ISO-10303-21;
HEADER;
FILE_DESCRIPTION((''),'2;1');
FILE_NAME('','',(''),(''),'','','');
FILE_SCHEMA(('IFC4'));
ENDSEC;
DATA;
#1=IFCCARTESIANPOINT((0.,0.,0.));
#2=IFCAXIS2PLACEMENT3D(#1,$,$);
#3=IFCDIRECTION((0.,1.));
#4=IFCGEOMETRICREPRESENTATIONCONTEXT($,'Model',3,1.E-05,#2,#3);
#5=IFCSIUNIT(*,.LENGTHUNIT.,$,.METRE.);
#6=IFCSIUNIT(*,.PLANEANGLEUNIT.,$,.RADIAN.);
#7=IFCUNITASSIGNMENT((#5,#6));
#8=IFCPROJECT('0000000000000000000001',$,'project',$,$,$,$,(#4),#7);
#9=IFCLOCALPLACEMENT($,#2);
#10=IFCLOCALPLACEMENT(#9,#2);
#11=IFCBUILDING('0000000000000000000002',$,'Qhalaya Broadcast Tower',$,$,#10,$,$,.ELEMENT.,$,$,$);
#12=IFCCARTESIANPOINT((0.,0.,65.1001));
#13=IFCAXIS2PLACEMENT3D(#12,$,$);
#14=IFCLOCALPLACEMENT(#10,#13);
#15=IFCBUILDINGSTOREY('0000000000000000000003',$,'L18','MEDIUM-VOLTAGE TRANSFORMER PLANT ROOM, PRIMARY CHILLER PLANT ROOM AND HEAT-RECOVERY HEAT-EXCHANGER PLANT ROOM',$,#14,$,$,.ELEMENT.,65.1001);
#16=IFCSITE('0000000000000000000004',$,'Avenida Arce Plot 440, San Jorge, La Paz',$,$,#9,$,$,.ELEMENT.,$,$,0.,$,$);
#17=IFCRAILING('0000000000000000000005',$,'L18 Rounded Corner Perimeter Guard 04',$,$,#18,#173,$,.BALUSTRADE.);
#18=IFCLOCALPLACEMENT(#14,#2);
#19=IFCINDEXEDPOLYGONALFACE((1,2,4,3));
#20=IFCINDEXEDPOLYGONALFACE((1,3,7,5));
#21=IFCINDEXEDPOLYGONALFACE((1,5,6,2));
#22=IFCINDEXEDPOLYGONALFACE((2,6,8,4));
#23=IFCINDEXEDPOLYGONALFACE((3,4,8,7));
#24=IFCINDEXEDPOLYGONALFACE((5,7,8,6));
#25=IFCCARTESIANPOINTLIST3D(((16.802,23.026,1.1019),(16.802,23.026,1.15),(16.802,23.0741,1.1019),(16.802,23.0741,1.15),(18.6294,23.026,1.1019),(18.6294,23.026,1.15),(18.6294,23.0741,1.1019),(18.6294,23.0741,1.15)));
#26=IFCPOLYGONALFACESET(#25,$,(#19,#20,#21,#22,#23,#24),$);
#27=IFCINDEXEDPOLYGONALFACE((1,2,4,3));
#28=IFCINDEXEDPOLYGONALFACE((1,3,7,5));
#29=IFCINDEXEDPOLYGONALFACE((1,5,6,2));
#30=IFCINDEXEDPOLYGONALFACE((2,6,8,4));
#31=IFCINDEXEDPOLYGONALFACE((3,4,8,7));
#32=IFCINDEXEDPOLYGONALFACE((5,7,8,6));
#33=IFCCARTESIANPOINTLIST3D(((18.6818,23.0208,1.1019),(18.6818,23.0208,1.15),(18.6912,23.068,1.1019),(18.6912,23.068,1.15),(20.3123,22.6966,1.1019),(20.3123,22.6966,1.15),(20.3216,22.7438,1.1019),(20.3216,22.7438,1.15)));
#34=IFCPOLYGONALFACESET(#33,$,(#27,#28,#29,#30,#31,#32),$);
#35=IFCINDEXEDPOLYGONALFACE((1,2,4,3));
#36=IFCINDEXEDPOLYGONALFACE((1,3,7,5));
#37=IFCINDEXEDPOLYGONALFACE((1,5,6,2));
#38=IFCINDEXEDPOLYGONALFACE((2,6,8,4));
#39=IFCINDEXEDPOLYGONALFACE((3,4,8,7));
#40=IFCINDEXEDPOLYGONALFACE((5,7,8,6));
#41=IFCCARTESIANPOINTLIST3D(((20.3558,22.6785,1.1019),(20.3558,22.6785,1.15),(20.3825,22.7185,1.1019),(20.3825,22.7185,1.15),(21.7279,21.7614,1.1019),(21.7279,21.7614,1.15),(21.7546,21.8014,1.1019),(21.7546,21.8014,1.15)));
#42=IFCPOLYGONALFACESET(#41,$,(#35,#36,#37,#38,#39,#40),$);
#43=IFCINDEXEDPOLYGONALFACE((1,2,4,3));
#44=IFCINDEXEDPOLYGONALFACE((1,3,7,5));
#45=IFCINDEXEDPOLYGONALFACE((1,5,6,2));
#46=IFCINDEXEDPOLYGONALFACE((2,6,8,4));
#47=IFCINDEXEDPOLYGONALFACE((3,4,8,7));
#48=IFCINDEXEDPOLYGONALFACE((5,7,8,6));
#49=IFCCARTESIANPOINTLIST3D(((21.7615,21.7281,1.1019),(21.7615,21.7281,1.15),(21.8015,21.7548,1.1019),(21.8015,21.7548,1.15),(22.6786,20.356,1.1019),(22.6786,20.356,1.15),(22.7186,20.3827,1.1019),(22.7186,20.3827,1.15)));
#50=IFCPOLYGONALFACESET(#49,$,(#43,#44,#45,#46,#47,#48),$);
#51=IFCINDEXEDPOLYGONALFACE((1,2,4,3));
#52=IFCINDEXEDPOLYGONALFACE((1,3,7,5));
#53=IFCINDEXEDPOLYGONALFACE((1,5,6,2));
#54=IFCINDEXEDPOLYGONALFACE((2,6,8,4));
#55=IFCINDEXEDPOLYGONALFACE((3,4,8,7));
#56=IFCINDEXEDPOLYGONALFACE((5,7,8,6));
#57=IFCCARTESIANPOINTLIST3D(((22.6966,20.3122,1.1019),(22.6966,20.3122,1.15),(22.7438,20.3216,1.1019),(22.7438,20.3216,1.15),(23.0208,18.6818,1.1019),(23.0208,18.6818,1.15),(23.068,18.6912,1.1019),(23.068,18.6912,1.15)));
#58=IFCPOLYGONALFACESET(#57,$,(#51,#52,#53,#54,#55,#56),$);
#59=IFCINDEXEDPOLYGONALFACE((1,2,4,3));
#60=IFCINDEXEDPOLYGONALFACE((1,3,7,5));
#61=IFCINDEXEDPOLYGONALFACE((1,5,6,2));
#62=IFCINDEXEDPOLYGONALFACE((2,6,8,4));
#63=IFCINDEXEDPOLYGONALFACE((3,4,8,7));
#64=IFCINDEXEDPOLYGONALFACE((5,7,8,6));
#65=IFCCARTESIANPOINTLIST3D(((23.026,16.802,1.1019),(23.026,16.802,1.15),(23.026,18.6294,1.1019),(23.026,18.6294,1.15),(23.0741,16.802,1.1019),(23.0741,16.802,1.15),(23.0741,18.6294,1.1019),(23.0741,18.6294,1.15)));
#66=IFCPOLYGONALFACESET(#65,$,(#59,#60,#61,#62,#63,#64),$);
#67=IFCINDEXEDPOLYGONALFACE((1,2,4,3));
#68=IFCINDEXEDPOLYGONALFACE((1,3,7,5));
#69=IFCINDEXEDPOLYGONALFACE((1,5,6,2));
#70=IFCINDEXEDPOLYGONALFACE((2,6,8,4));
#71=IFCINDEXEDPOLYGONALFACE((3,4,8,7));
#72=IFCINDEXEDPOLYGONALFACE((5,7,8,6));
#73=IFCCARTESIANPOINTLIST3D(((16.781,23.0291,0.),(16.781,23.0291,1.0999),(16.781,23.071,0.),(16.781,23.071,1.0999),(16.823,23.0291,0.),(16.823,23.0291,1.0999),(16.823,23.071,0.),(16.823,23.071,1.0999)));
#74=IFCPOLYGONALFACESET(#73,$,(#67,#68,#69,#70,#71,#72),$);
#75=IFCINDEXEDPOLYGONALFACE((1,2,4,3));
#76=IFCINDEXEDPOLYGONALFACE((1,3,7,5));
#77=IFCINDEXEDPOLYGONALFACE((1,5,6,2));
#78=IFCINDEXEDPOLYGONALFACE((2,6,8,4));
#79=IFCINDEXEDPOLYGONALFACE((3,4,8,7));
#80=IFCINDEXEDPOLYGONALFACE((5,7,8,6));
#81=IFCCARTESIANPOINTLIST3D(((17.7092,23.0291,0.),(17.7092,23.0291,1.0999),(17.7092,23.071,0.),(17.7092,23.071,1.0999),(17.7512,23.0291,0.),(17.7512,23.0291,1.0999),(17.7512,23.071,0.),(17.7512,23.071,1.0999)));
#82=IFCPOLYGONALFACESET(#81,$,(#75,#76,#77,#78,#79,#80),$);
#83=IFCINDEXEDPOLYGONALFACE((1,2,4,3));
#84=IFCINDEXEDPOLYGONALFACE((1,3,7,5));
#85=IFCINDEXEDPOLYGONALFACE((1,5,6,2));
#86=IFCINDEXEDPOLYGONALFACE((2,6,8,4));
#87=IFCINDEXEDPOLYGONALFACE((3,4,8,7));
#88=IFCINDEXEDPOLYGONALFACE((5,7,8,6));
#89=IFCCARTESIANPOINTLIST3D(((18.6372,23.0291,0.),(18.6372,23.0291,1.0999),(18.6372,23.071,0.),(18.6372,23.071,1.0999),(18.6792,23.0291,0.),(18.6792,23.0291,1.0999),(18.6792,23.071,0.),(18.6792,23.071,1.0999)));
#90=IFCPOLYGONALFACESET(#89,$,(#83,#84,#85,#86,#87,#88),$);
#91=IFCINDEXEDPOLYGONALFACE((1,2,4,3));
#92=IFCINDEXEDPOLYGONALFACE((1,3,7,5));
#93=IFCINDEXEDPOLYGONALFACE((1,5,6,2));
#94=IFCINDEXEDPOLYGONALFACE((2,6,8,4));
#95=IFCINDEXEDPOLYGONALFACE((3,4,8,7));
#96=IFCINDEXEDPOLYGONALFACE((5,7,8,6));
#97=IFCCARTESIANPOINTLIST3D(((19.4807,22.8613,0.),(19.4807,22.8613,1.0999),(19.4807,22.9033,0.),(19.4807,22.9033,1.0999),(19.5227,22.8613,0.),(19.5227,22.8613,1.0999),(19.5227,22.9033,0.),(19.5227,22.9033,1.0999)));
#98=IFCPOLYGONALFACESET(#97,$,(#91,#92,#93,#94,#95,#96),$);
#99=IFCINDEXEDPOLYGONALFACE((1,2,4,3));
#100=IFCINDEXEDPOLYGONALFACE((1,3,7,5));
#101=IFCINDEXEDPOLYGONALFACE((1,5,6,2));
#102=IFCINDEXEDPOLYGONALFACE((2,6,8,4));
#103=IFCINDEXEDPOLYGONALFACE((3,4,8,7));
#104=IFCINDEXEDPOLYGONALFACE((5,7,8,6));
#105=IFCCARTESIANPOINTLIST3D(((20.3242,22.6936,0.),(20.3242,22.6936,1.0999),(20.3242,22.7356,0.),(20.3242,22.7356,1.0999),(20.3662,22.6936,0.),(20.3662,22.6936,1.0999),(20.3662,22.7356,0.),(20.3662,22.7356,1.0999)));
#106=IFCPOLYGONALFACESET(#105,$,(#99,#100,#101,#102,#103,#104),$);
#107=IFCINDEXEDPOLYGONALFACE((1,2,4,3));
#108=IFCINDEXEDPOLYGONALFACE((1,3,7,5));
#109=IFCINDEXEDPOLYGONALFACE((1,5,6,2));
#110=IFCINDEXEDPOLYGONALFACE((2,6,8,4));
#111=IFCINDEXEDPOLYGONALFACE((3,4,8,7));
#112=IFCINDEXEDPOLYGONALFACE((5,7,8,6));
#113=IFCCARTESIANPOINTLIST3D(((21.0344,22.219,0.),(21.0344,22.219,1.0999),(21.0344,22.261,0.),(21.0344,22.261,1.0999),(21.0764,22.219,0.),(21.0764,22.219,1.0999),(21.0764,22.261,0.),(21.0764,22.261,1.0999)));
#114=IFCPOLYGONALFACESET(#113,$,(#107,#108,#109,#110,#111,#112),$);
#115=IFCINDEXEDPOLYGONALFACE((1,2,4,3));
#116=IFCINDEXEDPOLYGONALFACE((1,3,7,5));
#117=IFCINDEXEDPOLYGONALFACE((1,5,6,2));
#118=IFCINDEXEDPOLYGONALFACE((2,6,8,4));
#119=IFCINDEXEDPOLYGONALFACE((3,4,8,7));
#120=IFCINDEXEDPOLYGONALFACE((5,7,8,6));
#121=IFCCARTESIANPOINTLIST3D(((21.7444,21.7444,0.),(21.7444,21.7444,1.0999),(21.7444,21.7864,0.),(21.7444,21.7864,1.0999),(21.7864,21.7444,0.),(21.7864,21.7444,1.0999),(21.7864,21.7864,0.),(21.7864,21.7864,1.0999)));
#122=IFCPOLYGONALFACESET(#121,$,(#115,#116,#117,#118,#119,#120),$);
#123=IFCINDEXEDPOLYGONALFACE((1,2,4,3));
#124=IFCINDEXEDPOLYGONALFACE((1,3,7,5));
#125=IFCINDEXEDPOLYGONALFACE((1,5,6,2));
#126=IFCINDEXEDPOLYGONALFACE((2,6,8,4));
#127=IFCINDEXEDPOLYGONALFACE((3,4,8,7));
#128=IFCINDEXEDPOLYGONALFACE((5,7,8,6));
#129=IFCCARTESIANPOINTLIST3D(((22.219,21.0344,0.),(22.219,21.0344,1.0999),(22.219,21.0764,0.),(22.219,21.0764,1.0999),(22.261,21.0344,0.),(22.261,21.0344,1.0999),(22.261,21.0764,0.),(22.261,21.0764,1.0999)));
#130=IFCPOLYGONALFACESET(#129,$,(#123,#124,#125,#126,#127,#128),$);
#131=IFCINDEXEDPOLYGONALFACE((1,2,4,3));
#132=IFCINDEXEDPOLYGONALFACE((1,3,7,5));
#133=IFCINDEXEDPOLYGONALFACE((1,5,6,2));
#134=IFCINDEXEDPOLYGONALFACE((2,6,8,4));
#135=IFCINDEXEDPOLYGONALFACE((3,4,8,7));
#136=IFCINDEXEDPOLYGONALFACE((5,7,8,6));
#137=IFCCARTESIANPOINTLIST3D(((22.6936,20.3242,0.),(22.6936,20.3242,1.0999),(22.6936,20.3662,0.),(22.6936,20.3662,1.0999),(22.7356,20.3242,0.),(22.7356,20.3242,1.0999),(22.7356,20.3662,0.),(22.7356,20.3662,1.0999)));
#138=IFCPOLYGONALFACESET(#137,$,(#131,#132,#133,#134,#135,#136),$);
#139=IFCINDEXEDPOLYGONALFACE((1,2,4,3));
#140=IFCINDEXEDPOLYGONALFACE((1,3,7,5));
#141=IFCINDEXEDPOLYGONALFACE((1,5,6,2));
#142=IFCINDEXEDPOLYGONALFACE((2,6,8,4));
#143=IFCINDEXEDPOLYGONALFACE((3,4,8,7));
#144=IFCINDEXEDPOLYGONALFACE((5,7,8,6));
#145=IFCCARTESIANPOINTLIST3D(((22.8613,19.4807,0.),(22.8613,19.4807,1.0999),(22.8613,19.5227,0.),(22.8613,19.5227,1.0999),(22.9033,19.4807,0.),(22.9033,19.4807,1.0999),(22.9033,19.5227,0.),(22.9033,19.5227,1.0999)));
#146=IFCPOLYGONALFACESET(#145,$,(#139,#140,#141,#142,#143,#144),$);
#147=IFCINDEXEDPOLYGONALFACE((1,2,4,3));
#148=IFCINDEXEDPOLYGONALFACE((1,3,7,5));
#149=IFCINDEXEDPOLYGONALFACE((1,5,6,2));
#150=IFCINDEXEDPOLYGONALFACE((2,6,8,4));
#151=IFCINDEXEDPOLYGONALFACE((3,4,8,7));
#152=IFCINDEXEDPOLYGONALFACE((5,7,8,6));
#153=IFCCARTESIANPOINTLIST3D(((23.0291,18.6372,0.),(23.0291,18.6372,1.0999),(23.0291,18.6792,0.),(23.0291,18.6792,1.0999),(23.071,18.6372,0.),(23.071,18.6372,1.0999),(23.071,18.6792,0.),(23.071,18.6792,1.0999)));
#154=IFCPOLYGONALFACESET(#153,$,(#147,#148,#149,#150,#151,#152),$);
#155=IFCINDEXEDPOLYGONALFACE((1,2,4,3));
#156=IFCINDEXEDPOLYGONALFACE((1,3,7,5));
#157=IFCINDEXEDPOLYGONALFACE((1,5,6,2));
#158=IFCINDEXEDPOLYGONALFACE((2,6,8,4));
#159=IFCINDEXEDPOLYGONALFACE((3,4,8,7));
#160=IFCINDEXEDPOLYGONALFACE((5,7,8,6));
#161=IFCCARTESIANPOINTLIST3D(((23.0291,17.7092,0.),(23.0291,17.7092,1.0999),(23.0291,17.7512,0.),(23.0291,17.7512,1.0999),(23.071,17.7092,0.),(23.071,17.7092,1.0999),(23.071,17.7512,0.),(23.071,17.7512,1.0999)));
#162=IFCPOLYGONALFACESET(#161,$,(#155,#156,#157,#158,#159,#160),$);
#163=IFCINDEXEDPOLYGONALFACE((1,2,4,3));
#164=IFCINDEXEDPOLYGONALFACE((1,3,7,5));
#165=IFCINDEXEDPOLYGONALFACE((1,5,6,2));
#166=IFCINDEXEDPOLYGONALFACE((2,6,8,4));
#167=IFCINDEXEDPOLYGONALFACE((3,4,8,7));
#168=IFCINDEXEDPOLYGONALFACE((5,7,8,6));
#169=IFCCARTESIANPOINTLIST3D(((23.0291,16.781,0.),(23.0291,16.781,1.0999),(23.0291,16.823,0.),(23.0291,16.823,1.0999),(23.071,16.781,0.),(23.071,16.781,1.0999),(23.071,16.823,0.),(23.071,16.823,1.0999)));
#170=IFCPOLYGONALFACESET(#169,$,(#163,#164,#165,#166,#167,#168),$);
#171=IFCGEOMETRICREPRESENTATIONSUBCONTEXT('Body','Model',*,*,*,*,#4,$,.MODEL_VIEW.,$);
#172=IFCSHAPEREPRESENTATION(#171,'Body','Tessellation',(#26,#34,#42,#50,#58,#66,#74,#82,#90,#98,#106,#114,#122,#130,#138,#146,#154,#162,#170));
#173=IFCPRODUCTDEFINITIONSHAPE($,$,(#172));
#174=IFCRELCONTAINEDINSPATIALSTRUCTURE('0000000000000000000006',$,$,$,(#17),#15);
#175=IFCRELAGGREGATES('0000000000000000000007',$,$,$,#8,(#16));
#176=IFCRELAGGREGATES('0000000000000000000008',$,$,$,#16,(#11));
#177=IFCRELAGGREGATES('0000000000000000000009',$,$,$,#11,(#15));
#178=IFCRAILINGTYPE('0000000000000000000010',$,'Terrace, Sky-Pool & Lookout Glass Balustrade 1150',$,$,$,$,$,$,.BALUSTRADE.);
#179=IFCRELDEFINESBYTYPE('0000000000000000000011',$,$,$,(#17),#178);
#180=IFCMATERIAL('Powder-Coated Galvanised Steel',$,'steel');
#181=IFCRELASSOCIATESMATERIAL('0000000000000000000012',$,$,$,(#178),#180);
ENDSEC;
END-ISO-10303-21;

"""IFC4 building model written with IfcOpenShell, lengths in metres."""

from ifc_helpers import new_model, si_unit, direction, frame, origin, origin_2d, place, context, subcontext, project, spatial, rectangle, extrude, material, type_object, element, save


model = new_model("IFC4")

# Units and contexts
model_context = context("Model", 3, precision=1e-05, world=origin(), true_north=direction((0.0, 1.0)))
body_context = subcontext(model_context, "Body", "Model", "MODEL_VIEW")
ifc_project = project(units=[si_unit("LENGTHUNIT", "METRE"), si_unit("PLANEANGLEUNIT", "RADIAN")], contexts=[model_context])

# Site, building, storey
site_placement = place(None, origin())
site = spatial("IfcSite", under=ifc_project, at=site_placement, Name="Avenida Arce Plot 440, San Jorge, La Paz", CompositionType="ELEMENT", RefElevation=0.0)
building_placement = place(site_placement, origin())
building = spatial("IfcBuilding", under=site, at=building_placement, Name="Qhalaya Broadcast Tower", CompositionType="ELEMENT")
storey_placement = place(building_placement, frame((0.0, 0.0, 65.1001)))
storey = spatial("IfcBuildingStorey", under=building, at=storey_placement, Name="L18", Description="MEDIUM-VOLTAGE TRANSFORMER PLANT ROOM, PRIMARY CHILLER PLANT ROOM AND HEAT-RECOVERY HEAT-EXCHANGER PLANT ROOM", CompositionType="ELEMENT", Elevation=65.1001)

# Railing
ifc_material_1 = material(Name="Powder-Coated Galvanised Steel", Category="steel")
railing_type = type_object("IfcRailingType", Name="Terrace, Sky-Pool & Lookout Glass Balustrade 1150", PredefinedType="BALUSTRADE", material=ifc_material_1)
railing_placement = place(storey_placement, frame((16.802, 23.05, 0.0)))
element("IfcRailing", 1, at=railing_placement, inside=storey, type_object=railing_type, Name="L18 Rounded Corner Perimeter Guard 04", PredefinedType="BALUSTRADE", context=body_context, shape_type="SweptSolid", body=[
    extrude(rectangle(XDim=0.0481, YDim=0.0481, at=origin_2d()), frame((0.0, 0.0, 1.126), z_axis=(1.0, 0.0, 0.0), x_axis=(0.0, 1.0, 0.0)), (0.0, 0.0, 1.0), 1.8274),
    extrude(rectangle(XDim=0.0481, YDim=0.0481, at=origin_2d()), frame((1.8845, -0.0056, 1.126), z_axis=(0.980798, -0.195024, 0.0), x_axis=(0.195024, 0.980798, 0.0)), (0.0, 0.0, 1.0), 1.6624),
    extrude(rectangle(XDim=0.0481, YDim=0.0481, at=origin_2d()), frame((3.5671, -0.3516, 1.126), z_axis=(0.83139, -0.555689, 0.0), x_axis=(0.555689, 0.83139, 0.0)), (0.0, 0.0, 1.0), 1.6504),
    extrude(rectangle(XDim=0.0481, YDim=0.0481, at=origin_2d()), frame((4.9795, -1.3086, 1.126), z_axis=(0.555689, -0.83139, 0.0), x_axis=(0.83139, 0.555689, 0.0)), (0.0, 0.0, 1.0), 1.6504),
    extrude(rectangle(XDim=0.0481, YDim=0.0481, at=origin_2d()), frame((5.9182, -2.7332, 1.126), z_axis=(0.195024, -0.980798, 0.0), x_axis=(0.980798, 0.195024, 0.0)), (0.0, 0.0, 1.0), 1.6624),
    extrude(rectangle(XDim=0.0481, YDim=0.0481, at=origin_2d()), frame((6.248, -4.4207, 1.126), z_axis=(0.0, -1.0, 0.0), x_axis=(1.0, 0.0, 0.0)), (0.0, 0.0, 1.0), 1.8274),
    extrude(rectangle(XDim=0.042, YDim=0.042, at=origin_2d()), origin(), (0.0, 0.0, 1.0), 1.0999),
    extrude(rectangle(XDim=0.042, YDim=0.042, at=origin_2d()), frame((0.9282, 0.0, 0.0)), (0.0, 0.0, 1.0), 1.0999),
    extrude(rectangle(XDim=0.042, YDim=0.042, at=origin_2d()), frame((1.8562, 0.0, 0.0)), (0.0, 0.0, 1.0), 1.0999),
    extrude(rectangle(XDim=0.042, YDim=0.042, at=origin_2d()), frame((2.6997, -0.1677, 0.0)), (0.0, 0.0, 1.0), 1.0999),
    extrude(rectangle(XDim=0.042, YDim=0.042, at=origin_2d()), frame((3.5432, -0.3354, 0.0)), (0.0, 0.0, 1.0), 1.0999),
    extrude(rectangle(XDim=0.042, YDim=0.042, at=origin_2d()), frame((4.2534, -0.8101, 0.0)), (0.0, 0.0, 1.0), 1.0999),
    extrude(rectangle(XDim=0.042, YDim=0.042, at=origin_2d()), frame((4.9634, -1.2847, 0.0)), (0.0, 0.0, 1.0), 1.0999),
    extrude(rectangle(XDim=0.042, YDim=0.042, at=origin_2d()), frame((5.438, -1.9946, 0.0)), (0.0, 0.0, 1.0), 1.0999),
    extrude(rectangle(XDim=0.042, YDim=0.042, at=origin_2d()), frame((5.9126, -2.7048, 0.0)), (0.0, 0.0, 1.0), 1.0999),
    extrude(rectangle(XDim=0.042, YDim=0.042, at=origin_2d()), frame((6.0803, -3.5483, 0.0)), (0.0, 0.0, 1.0), 1.0999),
    extrude(rectangle(XDim=0.042, YDim=0.042, at=origin_2d()), frame((6.248, -4.3918, 0.0)), (0.0, 0.0, 1.0), 1.0999),
    extrude(rectangle(XDim=0.042, YDim=0.042, at=origin_2d()), frame((6.248, -5.3198, 0.0)), (0.0, 0.0, 1.0), 1.0999),
    extrude(rectangle(XDim=0.042, YDim=0.042, at=origin_2d()), frame((6.248, -6.248, 0.0)), (0.0, 0.0, 1.0), 1.0999),
])

save(model, "model.ifc")
